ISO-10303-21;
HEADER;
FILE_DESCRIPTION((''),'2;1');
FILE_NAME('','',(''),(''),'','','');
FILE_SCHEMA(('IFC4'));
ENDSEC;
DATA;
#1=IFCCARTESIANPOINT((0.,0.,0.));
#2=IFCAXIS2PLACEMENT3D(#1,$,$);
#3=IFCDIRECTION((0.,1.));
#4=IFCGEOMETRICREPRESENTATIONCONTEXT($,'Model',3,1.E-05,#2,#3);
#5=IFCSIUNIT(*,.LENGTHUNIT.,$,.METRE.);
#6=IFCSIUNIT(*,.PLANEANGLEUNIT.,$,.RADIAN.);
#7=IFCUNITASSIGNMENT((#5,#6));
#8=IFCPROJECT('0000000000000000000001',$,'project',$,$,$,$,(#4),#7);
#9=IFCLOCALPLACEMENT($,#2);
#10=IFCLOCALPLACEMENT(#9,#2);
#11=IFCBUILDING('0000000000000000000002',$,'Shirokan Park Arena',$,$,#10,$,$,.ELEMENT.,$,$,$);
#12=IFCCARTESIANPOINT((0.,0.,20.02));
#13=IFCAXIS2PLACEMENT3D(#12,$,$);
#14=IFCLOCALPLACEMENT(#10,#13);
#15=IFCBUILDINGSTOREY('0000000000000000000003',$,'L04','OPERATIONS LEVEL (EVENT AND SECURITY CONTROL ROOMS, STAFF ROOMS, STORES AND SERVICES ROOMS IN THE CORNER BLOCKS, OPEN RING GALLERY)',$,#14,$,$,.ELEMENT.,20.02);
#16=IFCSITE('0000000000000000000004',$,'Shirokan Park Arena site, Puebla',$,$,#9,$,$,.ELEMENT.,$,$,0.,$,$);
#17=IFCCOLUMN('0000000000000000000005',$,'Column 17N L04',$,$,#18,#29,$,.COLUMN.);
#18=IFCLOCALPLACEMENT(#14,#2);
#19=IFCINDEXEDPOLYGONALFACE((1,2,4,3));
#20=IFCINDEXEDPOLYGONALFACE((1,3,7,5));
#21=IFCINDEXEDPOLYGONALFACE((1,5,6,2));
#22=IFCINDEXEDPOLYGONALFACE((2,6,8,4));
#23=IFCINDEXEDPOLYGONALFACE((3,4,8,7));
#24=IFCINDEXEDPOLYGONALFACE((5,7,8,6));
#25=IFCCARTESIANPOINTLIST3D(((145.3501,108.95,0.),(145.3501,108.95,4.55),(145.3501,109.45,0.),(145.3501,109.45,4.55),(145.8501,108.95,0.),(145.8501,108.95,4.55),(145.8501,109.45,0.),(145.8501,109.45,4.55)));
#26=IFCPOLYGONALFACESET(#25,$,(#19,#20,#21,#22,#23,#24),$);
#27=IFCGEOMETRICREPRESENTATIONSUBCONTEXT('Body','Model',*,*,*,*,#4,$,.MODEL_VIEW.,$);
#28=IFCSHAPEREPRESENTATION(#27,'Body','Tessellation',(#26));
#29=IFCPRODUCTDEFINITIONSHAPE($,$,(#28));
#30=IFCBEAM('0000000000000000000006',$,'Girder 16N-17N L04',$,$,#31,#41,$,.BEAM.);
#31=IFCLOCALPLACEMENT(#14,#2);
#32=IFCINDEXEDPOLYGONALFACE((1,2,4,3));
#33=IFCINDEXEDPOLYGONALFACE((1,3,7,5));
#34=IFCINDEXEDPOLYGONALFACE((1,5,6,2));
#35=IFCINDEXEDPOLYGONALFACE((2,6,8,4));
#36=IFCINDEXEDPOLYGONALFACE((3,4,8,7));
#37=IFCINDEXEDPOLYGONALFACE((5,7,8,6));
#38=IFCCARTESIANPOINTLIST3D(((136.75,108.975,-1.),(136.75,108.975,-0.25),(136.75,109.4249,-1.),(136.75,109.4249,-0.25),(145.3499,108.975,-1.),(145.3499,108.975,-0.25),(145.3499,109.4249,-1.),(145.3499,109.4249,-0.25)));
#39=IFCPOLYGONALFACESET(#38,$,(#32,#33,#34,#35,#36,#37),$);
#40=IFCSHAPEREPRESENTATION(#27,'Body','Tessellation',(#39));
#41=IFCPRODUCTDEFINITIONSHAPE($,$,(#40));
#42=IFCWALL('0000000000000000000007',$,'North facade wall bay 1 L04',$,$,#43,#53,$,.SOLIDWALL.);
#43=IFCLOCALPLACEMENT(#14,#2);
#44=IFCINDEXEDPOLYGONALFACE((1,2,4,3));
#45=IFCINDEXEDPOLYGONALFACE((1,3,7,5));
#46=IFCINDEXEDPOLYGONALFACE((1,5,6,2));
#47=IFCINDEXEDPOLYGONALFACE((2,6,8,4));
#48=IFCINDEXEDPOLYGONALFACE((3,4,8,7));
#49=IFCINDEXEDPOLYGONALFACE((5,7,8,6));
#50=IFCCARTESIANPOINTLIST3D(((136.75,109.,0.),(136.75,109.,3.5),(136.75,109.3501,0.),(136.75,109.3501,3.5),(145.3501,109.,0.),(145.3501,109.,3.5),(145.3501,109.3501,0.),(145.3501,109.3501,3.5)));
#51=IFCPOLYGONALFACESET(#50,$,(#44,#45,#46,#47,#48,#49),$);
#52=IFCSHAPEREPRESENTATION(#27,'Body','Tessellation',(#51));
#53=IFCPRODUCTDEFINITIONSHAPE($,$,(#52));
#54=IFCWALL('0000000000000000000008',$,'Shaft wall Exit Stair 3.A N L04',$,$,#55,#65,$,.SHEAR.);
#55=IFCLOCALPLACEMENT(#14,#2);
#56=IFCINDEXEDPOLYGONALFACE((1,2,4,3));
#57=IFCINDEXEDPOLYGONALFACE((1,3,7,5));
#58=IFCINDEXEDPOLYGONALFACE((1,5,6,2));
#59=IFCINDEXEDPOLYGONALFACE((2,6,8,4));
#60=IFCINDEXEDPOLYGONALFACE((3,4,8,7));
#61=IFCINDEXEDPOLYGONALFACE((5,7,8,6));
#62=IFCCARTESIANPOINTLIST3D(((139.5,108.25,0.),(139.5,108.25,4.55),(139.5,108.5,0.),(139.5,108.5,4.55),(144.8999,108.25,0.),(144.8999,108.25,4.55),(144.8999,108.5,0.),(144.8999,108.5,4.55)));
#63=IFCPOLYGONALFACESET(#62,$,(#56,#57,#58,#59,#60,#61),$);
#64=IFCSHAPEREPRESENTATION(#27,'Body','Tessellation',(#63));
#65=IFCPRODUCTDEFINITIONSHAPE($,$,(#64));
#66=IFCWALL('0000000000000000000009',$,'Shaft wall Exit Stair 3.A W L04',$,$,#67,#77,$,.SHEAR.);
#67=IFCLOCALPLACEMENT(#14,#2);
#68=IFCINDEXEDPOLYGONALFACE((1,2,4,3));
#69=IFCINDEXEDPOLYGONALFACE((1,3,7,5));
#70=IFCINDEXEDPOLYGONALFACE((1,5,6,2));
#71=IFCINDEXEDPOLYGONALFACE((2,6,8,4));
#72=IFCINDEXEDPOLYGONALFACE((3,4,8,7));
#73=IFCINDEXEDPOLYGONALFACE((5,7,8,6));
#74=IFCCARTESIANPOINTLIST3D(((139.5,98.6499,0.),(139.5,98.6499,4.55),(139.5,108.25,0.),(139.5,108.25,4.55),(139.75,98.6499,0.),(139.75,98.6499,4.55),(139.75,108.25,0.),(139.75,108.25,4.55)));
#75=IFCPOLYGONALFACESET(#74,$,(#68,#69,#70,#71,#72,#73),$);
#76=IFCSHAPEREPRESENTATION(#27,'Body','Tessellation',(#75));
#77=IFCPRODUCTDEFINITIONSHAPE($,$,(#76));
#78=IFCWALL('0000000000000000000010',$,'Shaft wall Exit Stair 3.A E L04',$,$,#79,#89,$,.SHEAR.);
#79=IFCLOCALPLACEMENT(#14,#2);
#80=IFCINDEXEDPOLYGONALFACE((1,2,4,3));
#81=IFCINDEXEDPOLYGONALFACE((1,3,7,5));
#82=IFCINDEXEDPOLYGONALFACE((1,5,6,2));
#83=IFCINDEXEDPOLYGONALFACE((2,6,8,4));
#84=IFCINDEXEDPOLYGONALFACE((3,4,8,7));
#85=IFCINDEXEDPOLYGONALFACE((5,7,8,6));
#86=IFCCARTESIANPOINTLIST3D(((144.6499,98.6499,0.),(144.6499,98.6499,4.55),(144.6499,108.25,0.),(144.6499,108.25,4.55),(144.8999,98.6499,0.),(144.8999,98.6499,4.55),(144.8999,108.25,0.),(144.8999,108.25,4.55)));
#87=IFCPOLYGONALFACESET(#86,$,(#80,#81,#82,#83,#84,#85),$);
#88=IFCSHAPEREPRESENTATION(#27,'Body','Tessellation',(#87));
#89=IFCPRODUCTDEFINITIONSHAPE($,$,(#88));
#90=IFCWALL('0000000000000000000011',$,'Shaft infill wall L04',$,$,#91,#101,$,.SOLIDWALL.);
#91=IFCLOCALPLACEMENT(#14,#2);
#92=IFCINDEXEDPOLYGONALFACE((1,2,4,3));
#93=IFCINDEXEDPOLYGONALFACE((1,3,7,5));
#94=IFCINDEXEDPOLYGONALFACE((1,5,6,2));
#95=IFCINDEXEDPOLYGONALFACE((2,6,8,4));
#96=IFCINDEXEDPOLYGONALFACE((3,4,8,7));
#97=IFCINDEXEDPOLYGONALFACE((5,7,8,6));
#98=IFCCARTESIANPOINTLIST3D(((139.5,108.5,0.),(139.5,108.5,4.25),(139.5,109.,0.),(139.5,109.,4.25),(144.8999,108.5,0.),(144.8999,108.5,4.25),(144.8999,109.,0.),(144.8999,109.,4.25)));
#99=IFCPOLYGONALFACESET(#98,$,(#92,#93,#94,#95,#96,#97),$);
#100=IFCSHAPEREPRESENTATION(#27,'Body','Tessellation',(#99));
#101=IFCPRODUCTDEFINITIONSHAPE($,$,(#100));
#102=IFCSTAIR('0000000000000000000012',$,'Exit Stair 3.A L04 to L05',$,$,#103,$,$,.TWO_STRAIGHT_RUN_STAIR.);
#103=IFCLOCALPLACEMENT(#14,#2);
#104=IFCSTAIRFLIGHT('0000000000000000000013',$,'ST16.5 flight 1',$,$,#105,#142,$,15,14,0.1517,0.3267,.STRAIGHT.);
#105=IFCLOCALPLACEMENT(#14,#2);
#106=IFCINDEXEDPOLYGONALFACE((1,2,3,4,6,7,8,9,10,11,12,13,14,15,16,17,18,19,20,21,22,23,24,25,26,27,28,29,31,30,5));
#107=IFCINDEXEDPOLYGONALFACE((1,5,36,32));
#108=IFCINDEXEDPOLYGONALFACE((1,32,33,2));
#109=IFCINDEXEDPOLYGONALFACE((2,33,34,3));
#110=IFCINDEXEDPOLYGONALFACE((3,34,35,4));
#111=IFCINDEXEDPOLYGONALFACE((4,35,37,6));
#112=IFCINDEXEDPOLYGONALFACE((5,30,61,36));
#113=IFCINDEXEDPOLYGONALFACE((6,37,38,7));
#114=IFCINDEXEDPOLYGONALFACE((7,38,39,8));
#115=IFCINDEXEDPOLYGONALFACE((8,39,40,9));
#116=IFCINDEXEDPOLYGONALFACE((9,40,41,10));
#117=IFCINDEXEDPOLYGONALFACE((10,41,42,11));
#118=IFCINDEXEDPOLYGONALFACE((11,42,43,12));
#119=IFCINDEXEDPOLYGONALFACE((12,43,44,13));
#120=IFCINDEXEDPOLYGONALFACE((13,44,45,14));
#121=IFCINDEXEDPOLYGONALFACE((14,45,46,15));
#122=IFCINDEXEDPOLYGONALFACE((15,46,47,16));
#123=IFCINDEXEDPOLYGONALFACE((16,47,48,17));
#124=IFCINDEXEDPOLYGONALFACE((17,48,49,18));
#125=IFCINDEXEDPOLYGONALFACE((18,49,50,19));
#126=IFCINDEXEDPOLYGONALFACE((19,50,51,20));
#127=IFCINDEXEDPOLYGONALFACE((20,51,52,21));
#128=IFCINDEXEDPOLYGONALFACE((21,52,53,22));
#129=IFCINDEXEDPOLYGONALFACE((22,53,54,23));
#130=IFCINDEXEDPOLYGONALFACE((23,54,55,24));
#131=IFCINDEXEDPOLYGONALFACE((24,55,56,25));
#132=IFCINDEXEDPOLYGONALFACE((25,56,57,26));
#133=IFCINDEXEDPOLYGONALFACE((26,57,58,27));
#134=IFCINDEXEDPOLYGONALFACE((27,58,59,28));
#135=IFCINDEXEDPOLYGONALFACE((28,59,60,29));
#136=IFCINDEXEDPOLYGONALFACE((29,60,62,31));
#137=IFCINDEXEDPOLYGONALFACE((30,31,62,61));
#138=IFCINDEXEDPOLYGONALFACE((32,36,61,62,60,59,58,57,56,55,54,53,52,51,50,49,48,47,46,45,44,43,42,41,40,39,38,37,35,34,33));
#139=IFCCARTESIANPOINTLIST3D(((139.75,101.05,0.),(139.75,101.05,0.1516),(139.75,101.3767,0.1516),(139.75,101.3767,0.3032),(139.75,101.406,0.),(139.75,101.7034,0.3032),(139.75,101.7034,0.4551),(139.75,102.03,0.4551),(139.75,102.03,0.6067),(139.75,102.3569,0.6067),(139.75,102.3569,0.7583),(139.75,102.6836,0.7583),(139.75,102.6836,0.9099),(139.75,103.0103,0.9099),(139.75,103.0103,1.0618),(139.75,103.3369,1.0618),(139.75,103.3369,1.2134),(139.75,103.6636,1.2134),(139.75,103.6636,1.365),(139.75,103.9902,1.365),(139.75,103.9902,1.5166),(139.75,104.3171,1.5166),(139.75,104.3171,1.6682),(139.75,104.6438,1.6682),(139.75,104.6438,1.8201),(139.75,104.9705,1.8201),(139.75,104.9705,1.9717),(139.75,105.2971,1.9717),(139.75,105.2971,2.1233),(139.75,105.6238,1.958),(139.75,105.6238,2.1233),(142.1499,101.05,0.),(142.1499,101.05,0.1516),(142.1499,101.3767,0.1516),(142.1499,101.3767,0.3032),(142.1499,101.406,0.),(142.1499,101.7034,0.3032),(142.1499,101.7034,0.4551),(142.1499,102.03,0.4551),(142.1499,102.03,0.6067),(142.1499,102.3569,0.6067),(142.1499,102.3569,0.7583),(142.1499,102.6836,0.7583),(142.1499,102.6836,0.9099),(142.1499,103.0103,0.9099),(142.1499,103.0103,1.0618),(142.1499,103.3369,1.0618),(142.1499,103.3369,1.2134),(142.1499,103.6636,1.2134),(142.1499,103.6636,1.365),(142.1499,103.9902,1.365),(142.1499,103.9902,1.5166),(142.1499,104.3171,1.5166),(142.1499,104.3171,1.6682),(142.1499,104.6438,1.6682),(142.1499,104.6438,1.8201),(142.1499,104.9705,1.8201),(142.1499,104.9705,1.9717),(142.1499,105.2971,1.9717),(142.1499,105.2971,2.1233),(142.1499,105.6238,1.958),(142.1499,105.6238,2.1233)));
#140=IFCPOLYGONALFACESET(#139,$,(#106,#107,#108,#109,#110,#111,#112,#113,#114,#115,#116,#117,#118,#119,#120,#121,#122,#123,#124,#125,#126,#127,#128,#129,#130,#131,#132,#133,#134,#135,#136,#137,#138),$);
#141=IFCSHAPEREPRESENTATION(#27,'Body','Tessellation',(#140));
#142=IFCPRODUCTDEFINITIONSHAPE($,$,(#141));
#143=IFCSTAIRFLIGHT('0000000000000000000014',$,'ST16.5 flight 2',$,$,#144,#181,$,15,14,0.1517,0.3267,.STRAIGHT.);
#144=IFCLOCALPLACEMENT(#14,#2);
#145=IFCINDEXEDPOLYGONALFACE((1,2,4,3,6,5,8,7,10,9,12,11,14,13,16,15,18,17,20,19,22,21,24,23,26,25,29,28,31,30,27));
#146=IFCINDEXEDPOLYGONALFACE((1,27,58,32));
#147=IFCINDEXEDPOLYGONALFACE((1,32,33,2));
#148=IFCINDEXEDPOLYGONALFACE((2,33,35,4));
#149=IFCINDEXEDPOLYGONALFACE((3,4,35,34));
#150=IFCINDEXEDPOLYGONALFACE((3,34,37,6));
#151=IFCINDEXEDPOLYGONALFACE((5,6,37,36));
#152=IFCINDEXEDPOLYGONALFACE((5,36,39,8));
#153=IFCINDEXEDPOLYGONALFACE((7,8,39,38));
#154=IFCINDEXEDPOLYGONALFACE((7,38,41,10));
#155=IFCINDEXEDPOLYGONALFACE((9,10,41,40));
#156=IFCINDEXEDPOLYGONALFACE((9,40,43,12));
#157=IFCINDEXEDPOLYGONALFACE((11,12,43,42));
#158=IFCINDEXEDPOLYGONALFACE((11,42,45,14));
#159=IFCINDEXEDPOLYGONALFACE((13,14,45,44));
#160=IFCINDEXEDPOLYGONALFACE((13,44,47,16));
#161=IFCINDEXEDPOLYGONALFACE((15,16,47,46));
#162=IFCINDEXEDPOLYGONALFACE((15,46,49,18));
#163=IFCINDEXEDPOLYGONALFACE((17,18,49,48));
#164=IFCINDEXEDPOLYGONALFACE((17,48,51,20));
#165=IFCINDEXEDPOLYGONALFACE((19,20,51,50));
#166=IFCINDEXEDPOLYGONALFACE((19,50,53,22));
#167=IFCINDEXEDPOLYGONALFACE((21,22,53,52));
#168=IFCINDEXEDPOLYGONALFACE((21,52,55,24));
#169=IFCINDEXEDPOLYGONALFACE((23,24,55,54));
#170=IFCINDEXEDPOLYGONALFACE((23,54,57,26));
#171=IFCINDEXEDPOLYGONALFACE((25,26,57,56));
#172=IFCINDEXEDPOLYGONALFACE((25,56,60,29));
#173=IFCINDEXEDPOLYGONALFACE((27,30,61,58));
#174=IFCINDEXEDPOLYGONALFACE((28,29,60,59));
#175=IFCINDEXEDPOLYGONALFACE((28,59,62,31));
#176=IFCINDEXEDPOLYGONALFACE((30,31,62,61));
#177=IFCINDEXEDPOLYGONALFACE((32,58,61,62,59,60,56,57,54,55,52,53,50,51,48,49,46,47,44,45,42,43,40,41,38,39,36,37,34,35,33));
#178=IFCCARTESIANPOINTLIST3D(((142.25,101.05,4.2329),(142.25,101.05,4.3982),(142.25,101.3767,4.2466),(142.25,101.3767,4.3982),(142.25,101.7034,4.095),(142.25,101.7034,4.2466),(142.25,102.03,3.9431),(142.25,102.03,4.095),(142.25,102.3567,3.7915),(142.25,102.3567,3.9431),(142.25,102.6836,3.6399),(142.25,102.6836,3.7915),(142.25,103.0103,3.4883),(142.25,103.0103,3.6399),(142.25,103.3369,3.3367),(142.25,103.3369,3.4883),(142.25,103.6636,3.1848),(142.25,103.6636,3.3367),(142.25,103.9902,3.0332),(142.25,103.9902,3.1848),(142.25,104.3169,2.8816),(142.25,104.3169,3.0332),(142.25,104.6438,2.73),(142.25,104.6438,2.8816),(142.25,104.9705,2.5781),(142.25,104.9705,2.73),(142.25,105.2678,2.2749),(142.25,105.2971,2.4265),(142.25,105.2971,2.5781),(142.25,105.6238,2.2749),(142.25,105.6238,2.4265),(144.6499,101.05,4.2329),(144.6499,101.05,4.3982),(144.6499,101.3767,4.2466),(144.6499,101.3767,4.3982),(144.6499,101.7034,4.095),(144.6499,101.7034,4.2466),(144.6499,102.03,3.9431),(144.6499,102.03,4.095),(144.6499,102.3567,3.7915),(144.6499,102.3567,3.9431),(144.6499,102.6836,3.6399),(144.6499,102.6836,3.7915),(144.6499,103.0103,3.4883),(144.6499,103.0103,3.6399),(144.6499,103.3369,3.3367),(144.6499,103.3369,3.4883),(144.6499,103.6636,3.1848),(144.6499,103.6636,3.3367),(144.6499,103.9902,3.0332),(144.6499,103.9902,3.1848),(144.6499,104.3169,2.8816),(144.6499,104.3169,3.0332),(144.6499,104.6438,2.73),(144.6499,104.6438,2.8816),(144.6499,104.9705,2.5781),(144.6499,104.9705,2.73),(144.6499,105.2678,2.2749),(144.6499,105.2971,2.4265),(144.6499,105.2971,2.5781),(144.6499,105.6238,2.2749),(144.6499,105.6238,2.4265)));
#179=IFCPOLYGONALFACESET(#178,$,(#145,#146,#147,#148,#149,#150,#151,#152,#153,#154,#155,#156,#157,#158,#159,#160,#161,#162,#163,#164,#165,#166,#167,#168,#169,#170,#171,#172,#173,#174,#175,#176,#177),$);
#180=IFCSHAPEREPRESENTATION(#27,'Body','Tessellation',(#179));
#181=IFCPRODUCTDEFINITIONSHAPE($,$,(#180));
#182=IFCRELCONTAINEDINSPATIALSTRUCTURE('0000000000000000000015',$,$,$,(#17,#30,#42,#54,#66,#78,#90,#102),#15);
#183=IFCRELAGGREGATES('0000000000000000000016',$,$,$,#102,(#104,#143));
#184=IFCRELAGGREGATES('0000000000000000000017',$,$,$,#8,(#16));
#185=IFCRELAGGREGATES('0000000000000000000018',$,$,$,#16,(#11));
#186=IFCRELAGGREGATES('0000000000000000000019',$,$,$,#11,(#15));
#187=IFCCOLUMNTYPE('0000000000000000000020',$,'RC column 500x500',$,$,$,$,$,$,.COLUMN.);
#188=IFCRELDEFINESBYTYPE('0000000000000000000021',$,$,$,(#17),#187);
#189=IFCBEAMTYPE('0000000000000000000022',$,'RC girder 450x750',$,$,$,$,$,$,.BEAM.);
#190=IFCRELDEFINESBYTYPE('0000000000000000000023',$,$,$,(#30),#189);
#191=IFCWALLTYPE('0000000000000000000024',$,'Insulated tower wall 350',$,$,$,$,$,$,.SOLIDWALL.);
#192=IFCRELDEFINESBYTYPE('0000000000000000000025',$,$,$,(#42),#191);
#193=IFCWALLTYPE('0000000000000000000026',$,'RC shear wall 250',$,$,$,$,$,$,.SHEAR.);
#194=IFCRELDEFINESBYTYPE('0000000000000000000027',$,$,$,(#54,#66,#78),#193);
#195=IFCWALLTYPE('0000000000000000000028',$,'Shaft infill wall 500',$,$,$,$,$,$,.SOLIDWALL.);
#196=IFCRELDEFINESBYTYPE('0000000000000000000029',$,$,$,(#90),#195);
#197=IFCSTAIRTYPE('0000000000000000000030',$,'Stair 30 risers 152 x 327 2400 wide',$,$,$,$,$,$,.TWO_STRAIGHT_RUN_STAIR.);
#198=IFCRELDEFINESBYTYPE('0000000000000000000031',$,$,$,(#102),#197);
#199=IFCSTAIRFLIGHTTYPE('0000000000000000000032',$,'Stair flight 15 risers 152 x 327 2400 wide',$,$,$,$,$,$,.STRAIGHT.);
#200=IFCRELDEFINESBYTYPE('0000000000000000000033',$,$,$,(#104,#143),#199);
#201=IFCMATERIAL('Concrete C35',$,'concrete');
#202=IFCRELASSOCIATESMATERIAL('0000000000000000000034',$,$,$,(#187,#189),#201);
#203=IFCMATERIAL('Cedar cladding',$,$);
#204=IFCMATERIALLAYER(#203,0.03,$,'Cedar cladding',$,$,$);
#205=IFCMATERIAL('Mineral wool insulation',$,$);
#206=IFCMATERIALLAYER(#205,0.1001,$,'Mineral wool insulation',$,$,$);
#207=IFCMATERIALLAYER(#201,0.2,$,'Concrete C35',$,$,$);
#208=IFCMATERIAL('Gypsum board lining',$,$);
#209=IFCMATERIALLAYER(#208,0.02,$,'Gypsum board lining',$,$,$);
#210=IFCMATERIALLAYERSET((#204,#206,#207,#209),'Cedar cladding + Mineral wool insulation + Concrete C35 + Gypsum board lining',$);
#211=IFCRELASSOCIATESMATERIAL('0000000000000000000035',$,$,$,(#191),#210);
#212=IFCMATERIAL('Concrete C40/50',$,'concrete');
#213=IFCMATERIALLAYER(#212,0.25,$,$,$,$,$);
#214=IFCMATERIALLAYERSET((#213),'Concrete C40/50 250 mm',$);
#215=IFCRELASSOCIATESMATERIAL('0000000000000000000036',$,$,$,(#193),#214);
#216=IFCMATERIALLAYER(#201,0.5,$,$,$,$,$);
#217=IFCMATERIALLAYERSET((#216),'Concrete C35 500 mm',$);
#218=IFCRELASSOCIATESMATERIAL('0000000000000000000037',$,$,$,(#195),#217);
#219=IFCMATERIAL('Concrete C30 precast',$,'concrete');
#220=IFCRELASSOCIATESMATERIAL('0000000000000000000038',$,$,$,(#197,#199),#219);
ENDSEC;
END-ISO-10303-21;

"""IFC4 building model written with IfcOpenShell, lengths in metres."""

from ifc_helpers import new_model, si_unit, direction, frame, frame_2d, origin, origin_2d, place, context, subcontext, project, spatial, polyline, rectangle, outline, extrude, material, layer, layer_set, material_profile, profile_set, type_object, element, aggregate, save


model = new_model("IFC4")

# Units and contexts
model_context = context("Model", 3, precision=1e-05, world=origin(), true_north=direction((0.0, 1.0)))
body_context = subcontext(model_context, "Body", "Model", "MODEL_VIEW")
ifc_project = project(units=[si_unit("LENGTHUNIT", "METRE"), si_unit("PLANEANGLEUNIT", "RADIAN")], contexts=[model_context])

# Site, building, storey
site_placement = place(None, origin())
site = spatial("IfcSite", under=ifc_project, at=site_placement, Name="Shirokan Park Arena site, Puebla", CompositionType="ELEMENT", RefElevation=0.0)
building_placement = place(site_placement, origin())
building = spatial("IfcBuilding", under=site, at=building_placement, Name="Shirokan Park Arena", CompositionType="ELEMENT")
storey_placement = place(building_placement, frame((0.0, 0.0, 20.02)))
storey = spatial("IfcBuildingStorey", under=building, at=storey_placement, Name="L04", Description="OPERATIONS LEVEL (EVENT AND SECURITY CONTROL ROOMS, STAFF ROOMS, STORES AND SERVICES ROOMS IN THE CORNER BLOCKS, OPEN RING GALLERY)", CompositionType="ELEMENT", Elevation=20.02)

# Column
ifc_material_1 = material(Name="Concrete C35", Category="concrete")
ifc_material_profile_1 = material_profile(ifc_material_1, rectangle(XDim=0.5, YDim=0.5, at=origin_2d()), Name="500x500")
ifc_profile_set_1 = profile_set([ifc_material_profile_1], Name="Concrete C35")
column_type = type_object("IfcColumnType", Name="RC column 500x500", PredefinedType="COLUMN", material=ifc_profile_set_1)
column_placement = place(storey_placement, frame((145.6001, 109.2, 0.0), z_axis=(0.0, 0.0, 1.0), x_axis=(1.0, 0.0, 0.0)))
element("IfcColumn", 1, at=column_placement, inside=storey, type_object=column_type, Name="Column 17N L04", PredefinedType="COLUMN", context=body_context, shape_type="SweptSolid", body=[
    extrude(rectangle(XDim=0.5, YDim=0.5, at=origin_2d()), origin(), (0.0, 0.0, 1.0), 4.55),
])

# Beam
ifc_material_profile_2 = material_profile(ifc_material_1, rectangle(XDim=0.45, YDim=0.75, at=origin_2d()), Name="450x750")
ifc_profile_set_2 = profile_set([ifc_material_profile_2], Name="Concrete C35")
beam_type = type_object("IfcBeamType", Name="RC girder 450x750", PredefinedType="BEAM", material=ifc_profile_set_2)
beam_placement = place(storey_placement, frame((136.75, 109.2, -0.625), z_axis=(1.0, 0.0, 0.0), x_axis=(0.0, 1.0, 0.0)))
element("IfcBeam", 2, at=beam_placement, inside=storey, type_object=beam_type, Name="Girder 16N-17N L04", PredefinedType="BEAM", context=body_context, shape_type="SweptSolid", body=[
    extrude(rectangle(XDim=0.45, YDim=0.75, at=origin_2d()), origin(), (0.0, 0.0, 1.0), 8.5999),
])

# Walls
ifc_material_2 = material(Name="Cedar cladding")
ifc_layer_1 = layer(ifc_material_2, 0.03, Name="Cedar cladding")
ifc_material_3 = material(Name="Mineral wool insulation")
ifc_layer_2 = layer(ifc_material_3, 0.1001, Name="Mineral wool insulation")
ifc_layer_3 = layer(ifc_material_1, 0.2, Name="Concrete C35")
ifc_material_4 = material(Name="Gypsum board lining")
ifc_layer_4 = layer(ifc_material_4, 0.02, Name="Gypsum board lining")
ifc_layer_set_1 = layer_set([ifc_layer_1, ifc_layer_2, ifc_layer_3, ifc_layer_4], Name="Cedar cladding + Mineral wool insulation + Concrete C35 + Gypsum board lining")
wall_type_1 = type_object("IfcWallType", Name="Insulated tower wall 350", PredefinedType="SOLIDWALL", material=ifc_layer_set_1)
wall_1_placement = place(storey_placement, frame((145.3501, 109.175, 0.0), z_axis=(0.0, 0.0, 1.0), x_axis=(-1.0, 0.0, 0.0)))
element("IfcWall", 3, at=wall_1_placement, inside=storey, type_object=wall_type_1, Name="North facade wall bay 1 L04", PredefinedType="SOLIDWALL", context=body_context, shape_type="SweptSolid", body=[
    extrude(rectangle(XDim=8.6001, YDim=0.3501, at=frame_2d((4.3, 0.0))), origin(), (0.0, 0.0, 1.0), 3.5),
])
ifc_material_5 = material(Name="Concrete C40/50", Category="concrete")
ifc_layer_5 = layer(ifc_material_5, 0.25)
ifc_layer_set_2 = layer_set([ifc_layer_5], Name="Concrete C40/50 250 mm")
wall_type_2 = type_object("IfcWallType", Name="RC shear wall 250", PredefinedType="SHEAR", material=ifc_layer_set_2)
wall_2_placement = place(storey_placement, frame((144.8999, 108.375, 0.0), z_axis=(0.0, 0.0, 1.0), x_axis=(-1.0, 0.0, 0.0)))
element("IfcWall", 4, at=wall_2_placement, inside=storey, type_object=wall_type_2, Name="Shaft wall Exit Stair 3.A N L04", PredefinedType="SHEAR", context=body_context, shape_type="SweptSolid", body=[
    extrude(rectangle(XDim=5.3999, YDim=0.25, at=frame_2d((2.7, 0.0))), origin(), (0.0, 0.0, 1.0), 4.55),
])
for number, where, z_axis, x_axis, name in (
    (5, (139.625, 108.25, 0.0), (0.0, 0.0, 1.0), (0.0, -1.0, 0.0), "Shaft wall Exit Stair 3.A W L04"),
    (6, (144.7749, 108.25, 0.0), (0.0, 0.0, 1.0), (0.0, -1.0, 0.0), "Shaft wall Exit Stair 3.A E L04"),
):
    element("IfcWall", number, at=place(storey_placement, frame(where, z_axis=z_axis, x_axis=x_axis)), inside=storey, type_object=wall_type_2, Name=name, PredefinedType="SHEAR", context=body_context, shape_type="SweptSolid", body=[
        extrude(rectangle(XDim=9.6001, YDim=0.25, at=frame_2d((4.8, 0.0))), origin(), (0.0, 0.0, 1.0), 4.55),
    ])
ifc_layer_6 = layer(ifc_material_1, 0.5)
ifc_layer_set_3 = layer_set([ifc_layer_6], Name="Concrete C35 500 mm")
wall_type_3 = type_object("IfcWallType", Name="Shaft infill wall 500", PredefinedType="SOLIDWALL", material=ifc_layer_set_3)
wall_3_placement = place(storey_placement, frame((139.5, 108.75, 0.0), z_axis=(0.0, 0.0, 1.0), x_axis=(1.0, 0.0, 0.0)))
element("IfcWall", 7, at=wall_3_placement, inside=storey, type_object=wall_type_3, Name="Shaft infill wall L04", PredefinedType="SOLIDWALL", context=body_context, shape_type="SweptSolid", body=[
    extrude(rectangle(XDim=5.3999, YDim=0.5, at=frame_2d((2.7, 0.0))), origin(), (0.0, 0.0, 1.0), 4.25),
])

# Stair, stair flights
ifc_material_6 = material(Name="Concrete C30 precast", Category="concrete")
stair_type = type_object("IfcStairType", Name="Stair 30 risers 152 x 327 2400 wide", PredefinedType="TWO_STRAIGHT_RUN_STAIR", material=ifc_material_6)
stair_placement = place(storey_placement, origin())
stair = element("IfcStair", 8, at=stair_placement, inside=storey, type_object=stair_type, Name="Exit Stair 3.A L04 to L05", PredefinedType="TWO_STRAIGHT_RUN_STAIR")
stair_flight_type = type_object("IfcStairFlightType", Name="Stair flight 15 risers 152 x 327 2400 wide", PredefinedType="STRAIGHT", material=ifc_material_6)
stair_flight_1_placement = place(storey_placement, frame((140.95, 101.05, 0.0), z_axis=(0.0, 0.0, 1.0), x_axis=(0.0, 1.0, 0.0)))
stair_flight_1 = element("IfcStairFlight", 9, at=stair_flight_1_placement, type_object=stair_flight_type, Name="ST16.5 flight 1", NumberOfRisers=15, NumberOfTreads=14, PredefinedType="STRAIGHT", RiserHeight=0.1517, TreadLength=0.3267, context=body_context, shape_type="SweptSolid", body=[
    extrude(outline(polyline([(0.0, 0.0), (0.0, 0.1516), (0.3267, 0.1516), (0.3267, 0.3032), (0.6533, 0.3032), (0.6533, 0.4551), (0.98, 0.4551), (0.98, 0.6067), (1.3069, 0.6067), (1.3069, 0.7583), (1.6335, 0.7583), (1.6335, 0.9099), (1.9602, 0.9099), (1.9602, 1.0618), (2.2869, 1.0618), (2.2869, 1.2134), (2.6135, 1.2134), (2.6135, 1.365), (2.9402, 1.365), (2.9402, 1.5166), (3.2671, 1.5166), (3.2671, 1.6682), (3.5938, 1.6682), (3.5938, 1.8201), (3.9204, 1.8201), (3.9204, 1.9717), (4.2471, 1.9717), (4.2471, 2.1233), (4.5737, 2.1233), (4.5737, 2.2749), (4.5737, 1.958), (0.356, 0.0), (0.0, 0.0)])), frame((0.0, 1.2, 0.0), z_axis=(0.0, -1.0, 0.0), x_axis=(1.0, 0.0, 0.0)), (0.0, 0.0, 1.0), 2.3999),
])
stair_flight_2_placement = place(storey_placement, frame((143.45, 105.6238, 2.2749), z_axis=(0.0, 0.0, 1.0), x_axis=(0.0, -1.0, 0.0)))
stair_flight_2 = element("IfcStairFlight", 10, at=stair_flight_2_placement, type_object=stair_flight_type, Name="ST16.5 flight 2", NumberOfRisers=15, NumberOfTreads=14, PredefinedType="STRAIGHT", RiserHeight=0.1517, TreadLength=0.3267, context=body_context, shape_type="SweptSolid", body=[
    extrude(outline(polyline([(0.0, 0.0), (0.0, 0.1516), (0.3267, 0.1516), (0.3267, 0.3032), (0.6533, 0.3032), (0.6533, 0.4551), (0.98, 0.4551), (0.98, 0.6067), (1.3069, 0.6067), (1.3069, 0.7583), (1.6335, 0.7583), (1.6335, 0.9099), (1.9602, 0.9099), (1.9602, 1.0618), (2.2869, 1.0618), (2.2869, 1.2134), (2.6135, 1.2134), (2.6135, 1.365), (2.9402, 1.365), (2.9402, 1.5166), (3.2671, 1.5166), (3.2671, 1.6682), (3.5938, 1.6682), (3.5938, 1.8201), (3.9204, 1.8201), (3.9204, 1.9717), (4.2471, 1.9717), (4.2471, 2.1233), (4.5737, 2.1233), (4.5737, 2.2749), (4.5737, 1.958), (0.356, 0.0), (0.0, 0.0)])), frame((0.0, 1.2, 0.0), z_axis=(0.0, -1.0, 0.0), x_axis=(1.0, 0.0, 0.0)), (0.0, 0.0, 1.0), 2.3999),
])
aggregate(stair, [stair_flight_1, stair_flight_2])

save(model, "model.ifc")
